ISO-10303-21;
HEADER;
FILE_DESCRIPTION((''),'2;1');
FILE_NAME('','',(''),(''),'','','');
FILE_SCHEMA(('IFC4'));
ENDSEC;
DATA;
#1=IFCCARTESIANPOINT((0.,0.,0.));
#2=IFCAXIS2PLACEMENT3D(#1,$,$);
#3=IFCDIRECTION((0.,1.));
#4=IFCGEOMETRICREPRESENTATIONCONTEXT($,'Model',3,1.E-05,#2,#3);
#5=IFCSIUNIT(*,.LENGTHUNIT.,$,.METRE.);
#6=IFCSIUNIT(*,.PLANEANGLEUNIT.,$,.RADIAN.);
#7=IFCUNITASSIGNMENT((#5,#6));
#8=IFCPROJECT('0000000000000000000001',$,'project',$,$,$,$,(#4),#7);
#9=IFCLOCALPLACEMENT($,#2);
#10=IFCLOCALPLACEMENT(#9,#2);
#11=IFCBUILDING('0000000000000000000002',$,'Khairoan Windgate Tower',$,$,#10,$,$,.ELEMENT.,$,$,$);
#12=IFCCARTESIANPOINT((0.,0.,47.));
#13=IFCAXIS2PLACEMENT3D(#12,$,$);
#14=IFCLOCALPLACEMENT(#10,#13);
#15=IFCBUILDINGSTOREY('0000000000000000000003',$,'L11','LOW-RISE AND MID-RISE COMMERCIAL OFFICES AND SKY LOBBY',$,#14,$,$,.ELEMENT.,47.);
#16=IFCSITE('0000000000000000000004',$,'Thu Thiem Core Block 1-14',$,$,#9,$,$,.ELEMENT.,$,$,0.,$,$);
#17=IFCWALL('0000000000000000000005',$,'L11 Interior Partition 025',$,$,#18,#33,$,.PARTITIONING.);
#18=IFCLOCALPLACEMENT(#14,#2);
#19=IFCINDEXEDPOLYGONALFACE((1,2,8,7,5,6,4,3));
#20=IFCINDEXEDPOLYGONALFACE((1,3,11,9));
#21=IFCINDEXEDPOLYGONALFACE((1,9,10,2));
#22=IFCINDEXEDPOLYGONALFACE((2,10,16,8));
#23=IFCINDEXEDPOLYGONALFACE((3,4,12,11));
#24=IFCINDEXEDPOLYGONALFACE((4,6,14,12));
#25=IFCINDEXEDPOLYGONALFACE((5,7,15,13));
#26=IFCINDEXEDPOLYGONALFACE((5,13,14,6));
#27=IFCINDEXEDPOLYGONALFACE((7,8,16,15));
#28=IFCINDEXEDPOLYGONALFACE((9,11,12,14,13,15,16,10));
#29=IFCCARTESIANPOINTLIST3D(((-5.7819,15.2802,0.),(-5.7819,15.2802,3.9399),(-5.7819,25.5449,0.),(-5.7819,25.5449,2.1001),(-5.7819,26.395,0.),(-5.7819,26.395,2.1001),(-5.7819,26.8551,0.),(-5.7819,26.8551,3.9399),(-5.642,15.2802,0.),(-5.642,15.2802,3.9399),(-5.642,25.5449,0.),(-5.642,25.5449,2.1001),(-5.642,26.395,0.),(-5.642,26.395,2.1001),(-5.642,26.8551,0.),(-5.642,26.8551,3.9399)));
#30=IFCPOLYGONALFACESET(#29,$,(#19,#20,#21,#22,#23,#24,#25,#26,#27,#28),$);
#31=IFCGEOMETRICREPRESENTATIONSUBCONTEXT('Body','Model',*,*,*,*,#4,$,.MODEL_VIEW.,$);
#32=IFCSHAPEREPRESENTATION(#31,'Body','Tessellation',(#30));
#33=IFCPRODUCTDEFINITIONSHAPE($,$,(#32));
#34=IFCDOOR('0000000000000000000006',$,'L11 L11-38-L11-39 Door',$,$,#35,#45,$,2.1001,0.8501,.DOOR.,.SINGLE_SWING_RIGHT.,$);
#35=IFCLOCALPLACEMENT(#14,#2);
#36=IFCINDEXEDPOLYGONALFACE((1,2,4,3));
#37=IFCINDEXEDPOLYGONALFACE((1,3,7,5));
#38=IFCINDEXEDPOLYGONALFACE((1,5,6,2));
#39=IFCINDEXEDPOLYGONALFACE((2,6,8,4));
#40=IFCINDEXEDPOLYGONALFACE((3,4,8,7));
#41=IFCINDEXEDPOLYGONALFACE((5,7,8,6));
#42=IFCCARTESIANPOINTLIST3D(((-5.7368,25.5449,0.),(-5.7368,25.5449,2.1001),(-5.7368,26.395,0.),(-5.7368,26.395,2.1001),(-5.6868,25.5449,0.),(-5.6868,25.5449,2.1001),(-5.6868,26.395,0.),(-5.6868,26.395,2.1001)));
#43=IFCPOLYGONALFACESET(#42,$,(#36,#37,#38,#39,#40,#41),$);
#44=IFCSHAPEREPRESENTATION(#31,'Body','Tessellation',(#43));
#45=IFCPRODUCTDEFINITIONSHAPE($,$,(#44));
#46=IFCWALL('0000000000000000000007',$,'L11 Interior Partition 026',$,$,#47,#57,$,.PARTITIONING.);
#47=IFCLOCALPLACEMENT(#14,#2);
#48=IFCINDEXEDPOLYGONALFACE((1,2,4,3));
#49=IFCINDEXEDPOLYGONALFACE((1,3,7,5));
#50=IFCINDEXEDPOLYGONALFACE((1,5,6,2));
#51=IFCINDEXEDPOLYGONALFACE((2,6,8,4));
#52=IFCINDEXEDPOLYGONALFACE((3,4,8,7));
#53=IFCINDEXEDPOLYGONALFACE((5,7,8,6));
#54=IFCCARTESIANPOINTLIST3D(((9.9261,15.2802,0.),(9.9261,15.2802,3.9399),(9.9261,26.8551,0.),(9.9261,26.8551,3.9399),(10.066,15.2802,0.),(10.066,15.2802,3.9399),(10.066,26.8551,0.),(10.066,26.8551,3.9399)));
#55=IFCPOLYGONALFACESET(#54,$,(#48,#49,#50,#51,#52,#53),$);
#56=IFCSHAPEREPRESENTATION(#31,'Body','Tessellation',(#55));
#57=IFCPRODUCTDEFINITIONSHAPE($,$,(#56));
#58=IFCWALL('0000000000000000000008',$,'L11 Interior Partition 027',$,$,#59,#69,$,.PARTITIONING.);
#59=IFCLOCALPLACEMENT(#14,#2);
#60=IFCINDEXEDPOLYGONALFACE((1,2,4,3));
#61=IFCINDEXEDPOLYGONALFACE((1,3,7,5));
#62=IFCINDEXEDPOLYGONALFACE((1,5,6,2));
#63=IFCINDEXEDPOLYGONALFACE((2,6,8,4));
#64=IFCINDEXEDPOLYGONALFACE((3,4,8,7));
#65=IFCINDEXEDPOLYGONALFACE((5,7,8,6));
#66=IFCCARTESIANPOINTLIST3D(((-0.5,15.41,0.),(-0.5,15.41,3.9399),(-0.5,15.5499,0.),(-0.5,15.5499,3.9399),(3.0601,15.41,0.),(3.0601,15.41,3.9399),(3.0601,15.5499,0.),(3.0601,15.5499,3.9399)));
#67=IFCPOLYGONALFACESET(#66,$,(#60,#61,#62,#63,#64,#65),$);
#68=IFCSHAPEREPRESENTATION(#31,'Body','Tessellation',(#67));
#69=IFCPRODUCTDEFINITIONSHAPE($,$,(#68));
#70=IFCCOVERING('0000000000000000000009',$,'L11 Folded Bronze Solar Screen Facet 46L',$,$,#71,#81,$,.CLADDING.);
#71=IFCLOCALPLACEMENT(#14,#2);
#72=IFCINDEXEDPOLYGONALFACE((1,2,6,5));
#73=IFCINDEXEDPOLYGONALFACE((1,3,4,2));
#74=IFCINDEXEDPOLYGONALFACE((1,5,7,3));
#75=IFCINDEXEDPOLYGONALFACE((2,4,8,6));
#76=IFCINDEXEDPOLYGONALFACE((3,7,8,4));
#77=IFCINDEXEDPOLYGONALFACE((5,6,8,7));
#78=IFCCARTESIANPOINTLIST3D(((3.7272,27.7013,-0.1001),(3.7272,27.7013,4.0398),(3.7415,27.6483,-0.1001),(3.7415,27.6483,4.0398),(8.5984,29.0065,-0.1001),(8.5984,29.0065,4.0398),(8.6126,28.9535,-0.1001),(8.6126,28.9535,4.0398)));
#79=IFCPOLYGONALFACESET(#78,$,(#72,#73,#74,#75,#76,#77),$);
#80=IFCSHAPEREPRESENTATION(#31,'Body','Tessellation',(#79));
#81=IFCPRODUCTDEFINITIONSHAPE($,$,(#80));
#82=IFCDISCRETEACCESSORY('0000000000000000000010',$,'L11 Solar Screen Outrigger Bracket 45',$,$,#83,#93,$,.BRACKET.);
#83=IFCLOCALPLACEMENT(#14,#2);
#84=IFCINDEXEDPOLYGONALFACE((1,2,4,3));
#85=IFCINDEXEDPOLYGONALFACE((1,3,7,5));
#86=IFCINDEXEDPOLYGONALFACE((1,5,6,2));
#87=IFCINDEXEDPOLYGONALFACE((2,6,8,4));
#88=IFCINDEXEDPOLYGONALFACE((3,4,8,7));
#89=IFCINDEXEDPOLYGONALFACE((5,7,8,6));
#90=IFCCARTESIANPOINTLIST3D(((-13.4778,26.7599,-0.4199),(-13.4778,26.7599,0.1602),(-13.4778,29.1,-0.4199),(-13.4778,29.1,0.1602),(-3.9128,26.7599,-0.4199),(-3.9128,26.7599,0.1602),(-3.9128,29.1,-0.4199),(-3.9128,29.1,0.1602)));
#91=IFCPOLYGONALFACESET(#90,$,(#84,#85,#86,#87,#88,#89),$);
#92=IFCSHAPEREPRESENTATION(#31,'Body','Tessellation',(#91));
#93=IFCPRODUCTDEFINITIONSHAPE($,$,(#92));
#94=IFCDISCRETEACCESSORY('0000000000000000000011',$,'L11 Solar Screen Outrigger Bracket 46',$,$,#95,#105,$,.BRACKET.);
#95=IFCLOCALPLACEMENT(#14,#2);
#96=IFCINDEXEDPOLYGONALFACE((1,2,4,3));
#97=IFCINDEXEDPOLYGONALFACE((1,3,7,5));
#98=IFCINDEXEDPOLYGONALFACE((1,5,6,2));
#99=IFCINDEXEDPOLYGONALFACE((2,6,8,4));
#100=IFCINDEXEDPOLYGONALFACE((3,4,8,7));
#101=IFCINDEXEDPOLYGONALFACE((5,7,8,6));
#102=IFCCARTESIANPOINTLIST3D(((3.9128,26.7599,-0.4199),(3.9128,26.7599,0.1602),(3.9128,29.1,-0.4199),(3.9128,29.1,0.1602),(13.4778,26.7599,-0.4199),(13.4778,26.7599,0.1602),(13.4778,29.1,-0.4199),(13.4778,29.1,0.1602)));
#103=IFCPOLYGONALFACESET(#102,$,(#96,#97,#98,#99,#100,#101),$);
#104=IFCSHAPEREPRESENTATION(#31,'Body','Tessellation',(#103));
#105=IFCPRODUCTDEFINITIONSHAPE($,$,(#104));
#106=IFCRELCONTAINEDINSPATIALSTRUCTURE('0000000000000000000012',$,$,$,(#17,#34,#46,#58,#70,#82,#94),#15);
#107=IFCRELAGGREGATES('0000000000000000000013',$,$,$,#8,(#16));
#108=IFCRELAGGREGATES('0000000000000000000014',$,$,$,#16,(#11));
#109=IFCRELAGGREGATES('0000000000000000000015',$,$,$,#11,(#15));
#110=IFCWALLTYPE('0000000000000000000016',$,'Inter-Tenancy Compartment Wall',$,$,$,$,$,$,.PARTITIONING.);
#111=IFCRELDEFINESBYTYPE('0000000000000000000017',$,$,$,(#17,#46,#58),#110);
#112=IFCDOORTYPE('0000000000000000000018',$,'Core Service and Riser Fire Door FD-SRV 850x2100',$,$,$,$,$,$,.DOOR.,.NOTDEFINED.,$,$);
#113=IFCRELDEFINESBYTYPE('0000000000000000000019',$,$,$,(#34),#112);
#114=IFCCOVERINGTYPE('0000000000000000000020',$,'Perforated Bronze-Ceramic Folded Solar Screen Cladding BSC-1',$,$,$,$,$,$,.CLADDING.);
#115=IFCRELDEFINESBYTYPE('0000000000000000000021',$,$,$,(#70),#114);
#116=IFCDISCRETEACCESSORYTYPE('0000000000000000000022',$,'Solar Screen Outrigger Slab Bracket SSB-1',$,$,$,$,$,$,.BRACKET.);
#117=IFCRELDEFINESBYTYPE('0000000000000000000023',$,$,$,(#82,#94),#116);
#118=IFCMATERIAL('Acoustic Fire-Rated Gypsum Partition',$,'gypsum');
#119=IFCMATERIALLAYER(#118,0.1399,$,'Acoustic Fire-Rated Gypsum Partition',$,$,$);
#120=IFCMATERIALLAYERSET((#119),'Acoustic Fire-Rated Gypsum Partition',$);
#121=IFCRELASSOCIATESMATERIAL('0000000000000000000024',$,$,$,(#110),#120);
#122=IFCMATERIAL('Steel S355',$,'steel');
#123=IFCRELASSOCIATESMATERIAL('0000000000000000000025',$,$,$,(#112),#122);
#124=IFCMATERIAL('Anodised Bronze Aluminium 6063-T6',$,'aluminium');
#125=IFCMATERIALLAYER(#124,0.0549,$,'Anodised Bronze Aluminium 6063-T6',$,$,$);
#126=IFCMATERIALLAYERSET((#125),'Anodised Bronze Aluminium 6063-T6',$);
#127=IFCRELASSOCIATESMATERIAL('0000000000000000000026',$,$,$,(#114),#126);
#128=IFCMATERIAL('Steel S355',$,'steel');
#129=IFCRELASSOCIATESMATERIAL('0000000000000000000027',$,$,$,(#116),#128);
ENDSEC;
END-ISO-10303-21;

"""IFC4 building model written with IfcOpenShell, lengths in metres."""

from ifc_helpers import new_model, si_unit, direction, frame, frame_2d, origin, origin_2d, place, context, subcontext, project, spatial, rectangle, extrude, material, layer, layer_set, type_object, element, fill, save


model = new_model("IFC4")

# Units and contexts
model_context = context("Model", 3, precision=1e-05, world=origin(), true_north=direction((0.0, 1.0)))
body_context = subcontext(model_context, "Body", "Model", "MODEL_VIEW")
ifc_project = project(units=[si_unit("LENGTHUNIT", "METRE"), si_unit("PLANEANGLEUNIT", "RADIAN")], contexts=[model_context])

# Site, building, storey
site_placement = place(None, origin())
site = spatial("IfcSite", under=ifc_project, at=site_placement, Name="Thu Thiem Core Block 1-14", CompositionType="ELEMENT", RefElevation=0.0)
building_placement = place(site_placement, origin())
building = spatial("IfcBuilding", under=site, at=building_placement, Name="Khairoan Windgate Tower", CompositionType="ELEMENT")
storey_placement = place(building_placement, frame((0.0, 0.0, 47.0)))
storey = spatial("IfcBuildingStorey", under=building, at=storey_placement, Name="L11", Description="LOW-RISE AND MID-RISE COMMERCIAL OFFICES AND SKY LOBBY", CompositionType="ELEMENT", Elevation=47.0)

# Wall, opening, door
ifc_material_1 = material(Name="Acoustic Fire-Rated Gypsum Partition", Category="gypsum")
ifc_layer_1 = layer(ifc_material_1, 0.1399, Name="Acoustic Fire-Rated Gypsum Partition")
ifc_layer_set_1 = layer_set([ifc_layer_1], Name="Acoustic Fire-Rated Gypsum Partition")
wall_type_1 = type_object("IfcWallType", Name="Inter-Tenancy Compartment Wall", PredefinedType="PARTITIONING", material=ifc_layer_set_1)
wall_1_placement = place(storey_placement, frame((-5.7119, 15.28, 0.0), z_axis=(0.0, 0.0, 1.0), x_axis=(0.0, 1.0, 0.0)))
wall_1 = element("IfcWall", 1, at=wall_1_placement, inside=storey, type_object=wall_type_1, Name="L11 Interior Partition 025", PredefinedType="PARTITIONING", context=body_context, shape_type="SweptSolid", body=[
    extrude(rectangle(XDim=11.575, YDim=0.1399, at=frame_2d((5.7876, 0.0))), origin(), (0.0, 0.0, 1.0), 3.9399),
])
opening_placement = place(wall_1_placement, frame((10.2649, 0.0, 0.0)))
opening = element("IfcOpeningElement", 2, at=opening_placement, cuts=wall_1, PredefinedType="OPENING", context=body_context, shape_type="SweptSolid", body=[
    extrude(rectangle(XDim=0.8501, YDim=2.1001, at=frame_2d((0.425, 1.05))), frame((0.0, 0.0798, 0.0), z_axis=(0.0, -1.0, 0.0), x_axis=(1.0, 0.0, 0.0)), (0.0, 0.0, 1.0), 0.1599),
])
ifc_material_2 = material(Name="Steel S355", Category="steel")
door_type = type_object("IfcDoorType", Name="Core Service and Riser Fire Door FD-SRV 850x2100", OperationType="NOTDEFINED", PredefinedType="DOOR", material=ifc_material_2)
door_placement = place(opening_placement, origin())
door = element("IfcDoor", 3, at=door_placement, inside=storey, type_object=door_type, Name="L11 L11-38-L11-39 Door", OperationType="SINGLE_SWING_RIGHT", OverallHeight=2.1001, OverallWidth=0.8501, PredefinedType="DOOR", context=body_context, shape_type="SweptSolid", body=[
    extrude(rectangle(XDim=0.8501, YDim=2.1001, at=frame_2d((0.425, 1.05))), frame((0.0, 0.0249, 0.0), z_axis=(0.0, -1.0, 0.0), x_axis=(1.0, 0.0, 0.0)), (0.0, 0.0, 1.0), 0.05),
])
fill(opening, door)

# Walls
wall_2_placement = place(storey_placement, frame((9.9961, 15.28, 0.0), z_axis=(0.0, 0.0, 1.0), x_axis=(0.0, 1.0, 0.0)))
element("IfcWall", 4, at=wall_2_placement, inside=storey, type_object=wall_type_1, Name="L11 Interior Partition 026", PredefinedType="PARTITIONING", context=body_context, shape_type="SweptSolid", body=[
    extrude(rectangle(XDim=11.575, YDim=0.1399, at=frame_2d((5.7876, 0.0))), origin(), (0.0, 0.0, 1.0), 3.9399),
])
wall_3_placement = place(storey_placement, frame((-0.5, 15.48, 0.0), z_axis=(0.0, 0.0, 1.0), x_axis=(1.0, 0.0, 0.0)))
element("IfcWall", 5, at=wall_3_placement, inside=storey, type_object=wall_type_1, Name="L11 Interior Partition 027", PredefinedType="PARTITIONING", context=body_context, shape_type="SweptSolid", body=[
    extrude(rectangle(XDim=3.5601, YDim=0.1399, at=frame_2d((1.78, 0.0))), origin(), (0.0, 0.0, 1.0), 3.9399),
])

# Covering
ifc_material_3 = material(Name="Anodised Bronze Aluminium 6063-T6", Category="aluminium")
ifc_layer_2 = layer(ifc_material_3, 0.0549, Name="Anodised Bronze Aluminium 6063-T6")
ifc_layer_set_2 = layer_set([ifc_layer_2], Name="Anodised Bronze Aluminium 6063-T6")
covering_type = type_object("IfcCoveringType", Name="Perforated Bronze-Ceramic Folded Solar Screen Cladding BSC-1", PredefinedType="CLADDING", material=ifc_layer_set_2)
covering_placement = place(storey_placement, frame((6.1699, 28.3274, -0.1001), z_axis=(0.0, 0.0, 1.0), x_axis=(0.965926, 0.258819, 0.0)))
element("IfcCovering", 6, at=covering_placement, inside=storey, type_object=covering_type, Name="L11 Folded Bronze Solar Screen Facet 46L", PredefinedType="CLADDING", context=body_context, shape_type="SweptSolid", body=[
    extrude(rectangle(XDim=5.043, YDim=0.0549, at=origin_2d()), origin(), (0.0, 0.0, 1.0), 4.1399),
])

# Discrete accessories
ifc_material_4 = material(Name="Steel S355", Category="steel")
discrete_accessory_type = type_object("IfcDiscreteAccessoryType", Name="Solar Screen Outrigger Slab Bracket SSB-1", PredefinedType="BRACKET", material=ifc_material_4)
for number, where, z_axis, x_axis, name in (
    (7, (-8.6953, 27.9299, -0.4199), (0.0, 0.0, 1.0), (1.0, 0.0, 0.0), "L11 Solar Screen Outrigger Bracket 45"),
    (8, (8.6953, 27.9299, -0.4199), (0.0, 0.0, 1.0), (1.0, 0.0, 0.0), "L11 Solar Screen Outrigger Bracket 46"),
):
    element("IfcDiscreteAccessory", number, at=place(storey_placement, frame(where, z_axis=z_axis, x_axis=x_axis)), inside=storey, type_object=discrete_accessory_type, Name=name, PredefinedType="BRACKET", context=body_context, shape_type="SweptSolid", body=[
        extrude(rectangle(XDim=9.5649, YDim=2.3401, at=origin_2d()), origin(), (0.0, 0.0, 1.0), 0.5801),
    ])

save(model, "model.ifc")
